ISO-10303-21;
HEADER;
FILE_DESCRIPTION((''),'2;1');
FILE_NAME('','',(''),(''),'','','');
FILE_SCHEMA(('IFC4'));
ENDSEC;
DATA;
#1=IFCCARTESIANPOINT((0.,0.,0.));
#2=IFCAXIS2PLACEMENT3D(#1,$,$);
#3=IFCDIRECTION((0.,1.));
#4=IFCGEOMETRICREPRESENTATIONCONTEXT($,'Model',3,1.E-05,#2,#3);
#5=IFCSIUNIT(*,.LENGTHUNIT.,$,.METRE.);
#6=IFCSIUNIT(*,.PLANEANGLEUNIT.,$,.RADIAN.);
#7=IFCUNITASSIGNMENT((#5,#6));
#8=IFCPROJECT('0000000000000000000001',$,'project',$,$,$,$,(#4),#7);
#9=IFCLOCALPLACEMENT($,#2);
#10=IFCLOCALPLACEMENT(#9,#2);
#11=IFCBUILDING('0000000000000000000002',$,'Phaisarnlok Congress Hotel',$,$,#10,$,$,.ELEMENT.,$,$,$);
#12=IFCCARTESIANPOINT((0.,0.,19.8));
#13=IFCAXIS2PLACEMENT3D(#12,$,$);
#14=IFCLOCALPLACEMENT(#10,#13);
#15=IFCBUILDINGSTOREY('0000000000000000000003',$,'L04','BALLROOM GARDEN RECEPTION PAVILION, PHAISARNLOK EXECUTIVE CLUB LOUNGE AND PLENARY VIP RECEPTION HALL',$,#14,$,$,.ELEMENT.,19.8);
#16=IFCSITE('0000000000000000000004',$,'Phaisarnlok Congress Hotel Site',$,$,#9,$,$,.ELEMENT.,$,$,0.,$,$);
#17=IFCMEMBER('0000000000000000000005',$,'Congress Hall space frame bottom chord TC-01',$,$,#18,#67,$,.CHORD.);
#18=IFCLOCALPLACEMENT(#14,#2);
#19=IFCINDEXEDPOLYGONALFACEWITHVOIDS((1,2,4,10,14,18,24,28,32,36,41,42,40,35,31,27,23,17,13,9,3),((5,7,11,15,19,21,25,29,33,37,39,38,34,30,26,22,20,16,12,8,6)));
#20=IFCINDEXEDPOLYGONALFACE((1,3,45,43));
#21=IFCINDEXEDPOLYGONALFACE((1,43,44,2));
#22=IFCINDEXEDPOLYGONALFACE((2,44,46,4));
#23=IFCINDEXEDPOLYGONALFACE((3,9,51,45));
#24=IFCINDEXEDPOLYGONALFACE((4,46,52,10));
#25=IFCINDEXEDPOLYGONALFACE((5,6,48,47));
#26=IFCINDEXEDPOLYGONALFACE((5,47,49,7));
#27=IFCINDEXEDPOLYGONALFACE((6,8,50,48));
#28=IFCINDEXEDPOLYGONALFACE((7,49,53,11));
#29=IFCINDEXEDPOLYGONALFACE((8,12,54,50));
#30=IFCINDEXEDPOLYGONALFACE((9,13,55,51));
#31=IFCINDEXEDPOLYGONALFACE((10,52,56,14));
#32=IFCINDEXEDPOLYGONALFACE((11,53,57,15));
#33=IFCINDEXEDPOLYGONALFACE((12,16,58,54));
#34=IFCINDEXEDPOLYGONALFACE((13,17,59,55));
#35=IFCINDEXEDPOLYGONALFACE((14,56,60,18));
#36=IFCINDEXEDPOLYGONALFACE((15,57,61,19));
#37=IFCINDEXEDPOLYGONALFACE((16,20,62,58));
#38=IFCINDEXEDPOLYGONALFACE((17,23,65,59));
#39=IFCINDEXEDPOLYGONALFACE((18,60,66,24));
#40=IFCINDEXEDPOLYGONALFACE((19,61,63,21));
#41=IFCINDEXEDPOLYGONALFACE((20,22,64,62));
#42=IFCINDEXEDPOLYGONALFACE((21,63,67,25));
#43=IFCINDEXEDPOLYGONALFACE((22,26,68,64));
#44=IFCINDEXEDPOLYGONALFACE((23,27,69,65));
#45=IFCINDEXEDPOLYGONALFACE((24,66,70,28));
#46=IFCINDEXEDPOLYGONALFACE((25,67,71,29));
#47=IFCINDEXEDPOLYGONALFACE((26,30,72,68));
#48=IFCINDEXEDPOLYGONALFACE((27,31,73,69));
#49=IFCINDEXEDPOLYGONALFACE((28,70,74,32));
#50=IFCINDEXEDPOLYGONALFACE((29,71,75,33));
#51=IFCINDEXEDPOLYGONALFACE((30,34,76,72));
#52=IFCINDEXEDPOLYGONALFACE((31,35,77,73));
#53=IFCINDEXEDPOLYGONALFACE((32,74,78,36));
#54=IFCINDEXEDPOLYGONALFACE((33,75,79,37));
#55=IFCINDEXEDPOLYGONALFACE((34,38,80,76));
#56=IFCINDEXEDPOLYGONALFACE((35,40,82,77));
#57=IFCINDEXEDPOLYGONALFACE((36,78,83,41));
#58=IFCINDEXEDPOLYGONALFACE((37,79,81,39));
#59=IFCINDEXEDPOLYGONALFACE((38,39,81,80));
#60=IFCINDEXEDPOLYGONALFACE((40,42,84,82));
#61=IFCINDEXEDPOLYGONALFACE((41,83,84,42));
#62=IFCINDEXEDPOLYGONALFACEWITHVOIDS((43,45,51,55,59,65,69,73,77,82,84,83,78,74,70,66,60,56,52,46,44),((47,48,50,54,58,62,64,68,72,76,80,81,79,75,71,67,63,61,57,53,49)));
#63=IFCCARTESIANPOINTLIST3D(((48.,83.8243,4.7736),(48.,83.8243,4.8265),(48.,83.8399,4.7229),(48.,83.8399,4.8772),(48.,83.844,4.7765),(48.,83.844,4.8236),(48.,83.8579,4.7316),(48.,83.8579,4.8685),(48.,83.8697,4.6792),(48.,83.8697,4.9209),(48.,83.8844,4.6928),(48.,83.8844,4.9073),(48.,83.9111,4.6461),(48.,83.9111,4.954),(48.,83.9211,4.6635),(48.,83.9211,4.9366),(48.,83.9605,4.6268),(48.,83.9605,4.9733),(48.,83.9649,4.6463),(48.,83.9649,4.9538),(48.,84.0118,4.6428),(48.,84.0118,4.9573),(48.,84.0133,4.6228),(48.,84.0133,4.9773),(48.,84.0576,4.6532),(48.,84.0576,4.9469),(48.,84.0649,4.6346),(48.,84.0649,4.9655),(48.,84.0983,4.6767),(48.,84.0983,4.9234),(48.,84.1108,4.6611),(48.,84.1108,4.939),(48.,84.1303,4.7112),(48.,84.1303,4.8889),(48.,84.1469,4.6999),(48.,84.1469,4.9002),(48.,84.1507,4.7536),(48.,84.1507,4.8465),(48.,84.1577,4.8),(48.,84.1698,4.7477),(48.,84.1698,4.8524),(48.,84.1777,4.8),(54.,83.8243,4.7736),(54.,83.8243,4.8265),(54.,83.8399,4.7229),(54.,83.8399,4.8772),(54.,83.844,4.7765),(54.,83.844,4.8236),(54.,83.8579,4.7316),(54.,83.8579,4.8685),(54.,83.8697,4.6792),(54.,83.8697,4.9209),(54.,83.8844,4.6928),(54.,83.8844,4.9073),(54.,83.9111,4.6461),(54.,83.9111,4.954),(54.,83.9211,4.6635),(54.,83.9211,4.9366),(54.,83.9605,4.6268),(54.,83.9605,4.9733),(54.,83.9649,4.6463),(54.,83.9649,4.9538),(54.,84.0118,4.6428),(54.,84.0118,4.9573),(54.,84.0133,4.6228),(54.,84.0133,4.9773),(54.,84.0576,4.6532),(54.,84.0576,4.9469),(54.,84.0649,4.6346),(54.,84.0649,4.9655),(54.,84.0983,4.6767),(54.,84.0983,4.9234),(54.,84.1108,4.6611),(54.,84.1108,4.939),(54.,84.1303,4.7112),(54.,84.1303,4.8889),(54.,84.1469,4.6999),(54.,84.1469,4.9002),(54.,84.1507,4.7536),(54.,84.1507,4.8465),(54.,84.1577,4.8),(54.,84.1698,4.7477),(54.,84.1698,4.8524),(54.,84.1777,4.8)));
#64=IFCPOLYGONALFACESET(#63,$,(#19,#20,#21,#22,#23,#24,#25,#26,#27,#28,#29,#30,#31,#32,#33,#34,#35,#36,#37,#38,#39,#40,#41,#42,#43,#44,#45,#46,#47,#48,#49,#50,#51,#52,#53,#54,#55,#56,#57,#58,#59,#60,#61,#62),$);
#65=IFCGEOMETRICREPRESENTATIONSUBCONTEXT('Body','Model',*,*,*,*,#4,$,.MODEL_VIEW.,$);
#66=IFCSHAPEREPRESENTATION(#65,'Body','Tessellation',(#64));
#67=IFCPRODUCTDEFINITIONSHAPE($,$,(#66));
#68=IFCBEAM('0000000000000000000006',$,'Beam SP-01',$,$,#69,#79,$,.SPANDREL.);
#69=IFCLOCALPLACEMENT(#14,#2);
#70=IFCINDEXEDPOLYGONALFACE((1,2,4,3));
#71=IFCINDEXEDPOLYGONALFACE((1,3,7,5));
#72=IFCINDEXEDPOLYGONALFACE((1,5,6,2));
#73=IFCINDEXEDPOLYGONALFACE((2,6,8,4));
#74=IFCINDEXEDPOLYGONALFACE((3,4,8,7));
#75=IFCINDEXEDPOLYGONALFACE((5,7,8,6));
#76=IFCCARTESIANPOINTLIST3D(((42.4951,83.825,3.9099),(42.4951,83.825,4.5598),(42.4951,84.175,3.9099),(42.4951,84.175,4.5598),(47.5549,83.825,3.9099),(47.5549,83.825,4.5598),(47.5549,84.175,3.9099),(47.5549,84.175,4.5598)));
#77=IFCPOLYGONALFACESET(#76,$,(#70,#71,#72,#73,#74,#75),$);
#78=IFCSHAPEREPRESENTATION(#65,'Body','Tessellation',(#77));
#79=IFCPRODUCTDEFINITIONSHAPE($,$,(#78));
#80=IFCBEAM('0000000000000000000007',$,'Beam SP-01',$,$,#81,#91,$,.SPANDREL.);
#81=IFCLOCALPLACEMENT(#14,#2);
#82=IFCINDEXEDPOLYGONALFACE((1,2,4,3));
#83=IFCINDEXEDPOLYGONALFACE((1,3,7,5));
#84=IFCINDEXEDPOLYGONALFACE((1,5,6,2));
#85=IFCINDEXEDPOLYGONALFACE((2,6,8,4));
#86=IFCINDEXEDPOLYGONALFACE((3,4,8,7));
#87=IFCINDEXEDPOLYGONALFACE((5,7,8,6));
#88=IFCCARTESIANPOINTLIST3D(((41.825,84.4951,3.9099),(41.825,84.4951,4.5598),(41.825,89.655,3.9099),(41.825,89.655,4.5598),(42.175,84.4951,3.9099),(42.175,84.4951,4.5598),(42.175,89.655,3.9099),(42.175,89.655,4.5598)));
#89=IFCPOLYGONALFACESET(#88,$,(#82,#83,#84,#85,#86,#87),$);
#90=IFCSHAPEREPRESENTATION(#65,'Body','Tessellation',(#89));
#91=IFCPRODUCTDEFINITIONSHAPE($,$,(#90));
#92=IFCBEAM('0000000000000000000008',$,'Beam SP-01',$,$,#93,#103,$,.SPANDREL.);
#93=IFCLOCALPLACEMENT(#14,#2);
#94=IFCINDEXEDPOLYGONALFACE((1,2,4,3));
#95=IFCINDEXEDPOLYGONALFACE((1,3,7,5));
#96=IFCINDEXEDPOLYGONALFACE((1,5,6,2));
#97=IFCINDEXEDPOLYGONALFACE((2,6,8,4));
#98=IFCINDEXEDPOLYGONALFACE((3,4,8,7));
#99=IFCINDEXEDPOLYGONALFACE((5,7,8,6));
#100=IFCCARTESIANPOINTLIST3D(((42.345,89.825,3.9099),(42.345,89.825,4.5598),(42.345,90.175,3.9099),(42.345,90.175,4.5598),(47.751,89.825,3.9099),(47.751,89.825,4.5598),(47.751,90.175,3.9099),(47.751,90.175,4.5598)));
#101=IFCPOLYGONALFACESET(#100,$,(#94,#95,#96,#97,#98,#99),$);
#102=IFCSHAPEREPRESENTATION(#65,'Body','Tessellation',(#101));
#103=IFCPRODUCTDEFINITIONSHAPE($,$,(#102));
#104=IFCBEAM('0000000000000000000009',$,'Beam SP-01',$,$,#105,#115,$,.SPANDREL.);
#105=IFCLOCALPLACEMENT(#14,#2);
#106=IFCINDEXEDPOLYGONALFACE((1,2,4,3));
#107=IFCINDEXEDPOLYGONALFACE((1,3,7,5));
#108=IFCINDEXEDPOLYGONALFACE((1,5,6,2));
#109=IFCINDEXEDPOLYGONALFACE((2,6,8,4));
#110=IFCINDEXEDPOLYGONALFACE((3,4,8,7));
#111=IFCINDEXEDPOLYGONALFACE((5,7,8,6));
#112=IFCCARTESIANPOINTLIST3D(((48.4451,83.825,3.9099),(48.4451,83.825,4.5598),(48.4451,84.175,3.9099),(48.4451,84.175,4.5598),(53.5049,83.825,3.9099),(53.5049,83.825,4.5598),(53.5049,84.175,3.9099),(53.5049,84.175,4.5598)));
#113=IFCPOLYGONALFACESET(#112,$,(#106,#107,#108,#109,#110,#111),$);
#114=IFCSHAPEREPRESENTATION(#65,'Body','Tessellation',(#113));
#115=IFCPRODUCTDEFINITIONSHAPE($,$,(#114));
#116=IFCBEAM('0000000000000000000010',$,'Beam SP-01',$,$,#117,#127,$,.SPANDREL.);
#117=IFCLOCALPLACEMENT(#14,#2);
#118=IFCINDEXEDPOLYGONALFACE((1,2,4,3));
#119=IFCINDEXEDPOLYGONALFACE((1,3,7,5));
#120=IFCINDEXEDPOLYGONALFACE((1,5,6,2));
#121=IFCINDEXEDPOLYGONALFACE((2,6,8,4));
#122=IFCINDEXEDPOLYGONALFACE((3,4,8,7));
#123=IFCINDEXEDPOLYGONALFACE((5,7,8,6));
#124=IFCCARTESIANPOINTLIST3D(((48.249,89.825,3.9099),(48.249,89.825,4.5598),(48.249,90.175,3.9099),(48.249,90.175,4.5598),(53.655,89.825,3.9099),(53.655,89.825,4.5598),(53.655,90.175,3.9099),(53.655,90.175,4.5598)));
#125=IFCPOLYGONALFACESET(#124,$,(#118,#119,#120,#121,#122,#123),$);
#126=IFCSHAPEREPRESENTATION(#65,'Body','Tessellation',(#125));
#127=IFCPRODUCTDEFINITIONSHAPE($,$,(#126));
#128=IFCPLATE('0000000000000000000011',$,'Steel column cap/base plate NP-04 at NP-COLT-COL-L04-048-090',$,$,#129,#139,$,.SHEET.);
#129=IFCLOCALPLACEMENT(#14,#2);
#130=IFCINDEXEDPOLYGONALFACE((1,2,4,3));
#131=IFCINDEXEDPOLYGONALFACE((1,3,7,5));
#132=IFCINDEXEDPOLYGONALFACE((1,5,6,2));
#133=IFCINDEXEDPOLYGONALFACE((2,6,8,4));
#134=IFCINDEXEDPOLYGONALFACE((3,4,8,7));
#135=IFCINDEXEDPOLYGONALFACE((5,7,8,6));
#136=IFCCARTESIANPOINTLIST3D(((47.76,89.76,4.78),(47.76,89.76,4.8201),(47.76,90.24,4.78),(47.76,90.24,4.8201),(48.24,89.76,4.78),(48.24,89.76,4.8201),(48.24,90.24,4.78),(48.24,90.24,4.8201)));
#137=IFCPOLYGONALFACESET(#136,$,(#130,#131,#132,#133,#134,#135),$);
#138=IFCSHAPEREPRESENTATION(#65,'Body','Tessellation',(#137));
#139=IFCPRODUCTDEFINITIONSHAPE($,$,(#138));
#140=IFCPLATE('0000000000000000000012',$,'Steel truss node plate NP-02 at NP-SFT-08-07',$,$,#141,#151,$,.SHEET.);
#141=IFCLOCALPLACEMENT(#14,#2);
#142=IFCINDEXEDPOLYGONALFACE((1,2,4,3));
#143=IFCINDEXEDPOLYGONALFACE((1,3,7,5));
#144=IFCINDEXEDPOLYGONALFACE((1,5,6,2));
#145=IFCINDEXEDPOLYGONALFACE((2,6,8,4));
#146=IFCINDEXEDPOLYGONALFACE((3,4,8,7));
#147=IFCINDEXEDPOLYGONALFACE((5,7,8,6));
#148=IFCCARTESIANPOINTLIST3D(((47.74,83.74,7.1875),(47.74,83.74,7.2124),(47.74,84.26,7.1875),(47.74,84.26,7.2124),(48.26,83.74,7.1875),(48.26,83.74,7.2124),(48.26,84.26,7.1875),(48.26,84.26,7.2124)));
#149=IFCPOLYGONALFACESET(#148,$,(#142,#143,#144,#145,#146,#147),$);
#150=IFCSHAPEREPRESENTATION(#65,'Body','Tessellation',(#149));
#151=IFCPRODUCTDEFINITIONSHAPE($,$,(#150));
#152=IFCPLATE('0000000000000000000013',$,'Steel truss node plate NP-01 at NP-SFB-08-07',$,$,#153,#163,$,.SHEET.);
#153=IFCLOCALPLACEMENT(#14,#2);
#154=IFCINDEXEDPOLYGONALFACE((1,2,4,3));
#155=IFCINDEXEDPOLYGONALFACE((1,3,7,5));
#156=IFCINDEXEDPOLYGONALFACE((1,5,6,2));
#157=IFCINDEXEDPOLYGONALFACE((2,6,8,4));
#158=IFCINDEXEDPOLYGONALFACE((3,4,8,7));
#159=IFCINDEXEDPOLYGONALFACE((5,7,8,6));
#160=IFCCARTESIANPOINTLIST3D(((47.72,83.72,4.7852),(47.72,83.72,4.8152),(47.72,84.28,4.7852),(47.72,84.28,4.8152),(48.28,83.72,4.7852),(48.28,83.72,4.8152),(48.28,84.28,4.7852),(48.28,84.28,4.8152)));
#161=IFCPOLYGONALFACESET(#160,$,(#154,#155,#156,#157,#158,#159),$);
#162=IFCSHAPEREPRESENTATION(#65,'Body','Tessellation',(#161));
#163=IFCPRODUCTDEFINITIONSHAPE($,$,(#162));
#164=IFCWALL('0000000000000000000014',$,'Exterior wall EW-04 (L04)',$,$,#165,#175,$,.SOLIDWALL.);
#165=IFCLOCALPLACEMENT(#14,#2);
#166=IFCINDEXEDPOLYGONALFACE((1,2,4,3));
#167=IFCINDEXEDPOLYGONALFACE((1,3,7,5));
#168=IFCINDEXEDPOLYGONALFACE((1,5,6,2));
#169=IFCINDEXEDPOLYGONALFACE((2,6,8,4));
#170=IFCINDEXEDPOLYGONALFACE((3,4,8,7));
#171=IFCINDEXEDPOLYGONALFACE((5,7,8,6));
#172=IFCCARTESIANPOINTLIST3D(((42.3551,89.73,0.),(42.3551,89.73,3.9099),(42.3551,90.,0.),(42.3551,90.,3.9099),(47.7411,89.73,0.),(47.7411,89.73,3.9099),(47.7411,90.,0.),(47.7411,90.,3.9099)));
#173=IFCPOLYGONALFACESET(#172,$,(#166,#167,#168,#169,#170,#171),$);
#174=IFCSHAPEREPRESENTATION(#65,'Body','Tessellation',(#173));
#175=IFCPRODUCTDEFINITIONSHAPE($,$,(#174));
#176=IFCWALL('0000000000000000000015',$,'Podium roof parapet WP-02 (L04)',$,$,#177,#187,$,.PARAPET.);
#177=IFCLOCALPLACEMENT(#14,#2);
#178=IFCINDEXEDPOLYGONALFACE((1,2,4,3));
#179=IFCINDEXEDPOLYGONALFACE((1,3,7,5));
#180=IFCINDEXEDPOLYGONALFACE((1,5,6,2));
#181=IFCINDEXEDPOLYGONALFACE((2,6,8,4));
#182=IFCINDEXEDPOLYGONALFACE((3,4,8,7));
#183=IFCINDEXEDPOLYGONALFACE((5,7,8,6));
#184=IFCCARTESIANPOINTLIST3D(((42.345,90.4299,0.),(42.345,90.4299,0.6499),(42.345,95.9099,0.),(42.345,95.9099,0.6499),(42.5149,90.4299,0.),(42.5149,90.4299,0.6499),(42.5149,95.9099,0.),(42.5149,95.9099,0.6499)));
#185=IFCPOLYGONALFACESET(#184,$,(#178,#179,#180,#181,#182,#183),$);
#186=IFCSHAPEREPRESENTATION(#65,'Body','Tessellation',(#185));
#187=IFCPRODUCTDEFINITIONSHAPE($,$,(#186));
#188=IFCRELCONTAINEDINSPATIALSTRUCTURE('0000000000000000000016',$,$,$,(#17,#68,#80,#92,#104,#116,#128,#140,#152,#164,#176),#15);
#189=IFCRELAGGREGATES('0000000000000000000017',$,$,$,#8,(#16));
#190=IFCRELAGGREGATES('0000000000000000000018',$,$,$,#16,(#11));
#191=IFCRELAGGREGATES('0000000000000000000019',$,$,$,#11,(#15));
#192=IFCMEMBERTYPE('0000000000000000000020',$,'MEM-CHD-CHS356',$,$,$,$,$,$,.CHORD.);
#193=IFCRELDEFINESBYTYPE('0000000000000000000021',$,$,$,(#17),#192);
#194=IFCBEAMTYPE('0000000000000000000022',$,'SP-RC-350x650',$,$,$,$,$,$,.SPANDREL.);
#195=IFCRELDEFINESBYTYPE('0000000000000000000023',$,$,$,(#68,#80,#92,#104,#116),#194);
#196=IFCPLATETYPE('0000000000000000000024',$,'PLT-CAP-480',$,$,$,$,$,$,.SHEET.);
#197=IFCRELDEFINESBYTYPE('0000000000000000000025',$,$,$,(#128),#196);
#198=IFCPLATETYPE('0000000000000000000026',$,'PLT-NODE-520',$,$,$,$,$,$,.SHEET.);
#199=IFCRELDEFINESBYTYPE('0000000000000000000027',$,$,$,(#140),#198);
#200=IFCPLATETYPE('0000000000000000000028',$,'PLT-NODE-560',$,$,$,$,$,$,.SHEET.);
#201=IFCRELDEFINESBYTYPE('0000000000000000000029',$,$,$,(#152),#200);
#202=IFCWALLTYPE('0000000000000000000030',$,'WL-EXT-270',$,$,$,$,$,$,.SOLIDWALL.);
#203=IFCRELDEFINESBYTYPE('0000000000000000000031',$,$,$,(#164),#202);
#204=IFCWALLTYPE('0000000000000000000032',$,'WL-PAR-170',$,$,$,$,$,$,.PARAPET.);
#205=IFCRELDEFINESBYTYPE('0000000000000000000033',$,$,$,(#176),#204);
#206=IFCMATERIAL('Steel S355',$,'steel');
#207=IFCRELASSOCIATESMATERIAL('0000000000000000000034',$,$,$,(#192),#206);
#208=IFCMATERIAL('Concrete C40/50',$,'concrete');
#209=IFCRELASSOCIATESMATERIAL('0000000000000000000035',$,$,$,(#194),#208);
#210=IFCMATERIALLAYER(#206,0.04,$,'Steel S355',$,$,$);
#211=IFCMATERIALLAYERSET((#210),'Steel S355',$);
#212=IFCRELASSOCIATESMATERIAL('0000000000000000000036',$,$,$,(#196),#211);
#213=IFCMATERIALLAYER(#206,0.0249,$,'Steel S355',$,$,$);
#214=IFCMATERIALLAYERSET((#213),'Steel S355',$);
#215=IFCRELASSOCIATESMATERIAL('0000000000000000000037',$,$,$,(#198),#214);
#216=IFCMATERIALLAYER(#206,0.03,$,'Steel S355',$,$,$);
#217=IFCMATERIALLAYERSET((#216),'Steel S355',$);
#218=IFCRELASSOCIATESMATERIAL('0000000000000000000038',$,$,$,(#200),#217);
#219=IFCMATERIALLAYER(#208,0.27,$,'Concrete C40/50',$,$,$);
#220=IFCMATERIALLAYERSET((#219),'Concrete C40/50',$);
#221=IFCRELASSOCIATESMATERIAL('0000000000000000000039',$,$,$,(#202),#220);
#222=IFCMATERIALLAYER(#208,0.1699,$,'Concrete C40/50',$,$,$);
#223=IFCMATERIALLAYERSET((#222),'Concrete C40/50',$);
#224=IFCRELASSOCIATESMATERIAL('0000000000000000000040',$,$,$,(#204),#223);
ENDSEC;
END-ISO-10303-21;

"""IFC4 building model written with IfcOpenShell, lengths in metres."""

from ifc_helpers import new_model, si_unit, direction, frame, frame_2d, origin, origin_2d, place, context, subcontext, project, spatial, rectangle, hollow_circle, extrude, material, layer, layer_set, material_profile, profile_set, type_object, element, save


model = new_model("IFC4")

# Units and contexts
model_context = context("Model", 3, precision=1e-05, world=origin(), true_north=direction((0.0, 1.0)))
body_context = subcontext(model_context, "Body", "Model", "MODEL_VIEW")
ifc_project = project(units=[si_unit("LENGTHUNIT", "METRE"), si_unit("PLANEANGLEUNIT", "RADIAN")], contexts=[model_context])

# Site, building, storey
site_placement = place(None, origin())
site = spatial("IfcSite", under=ifc_project, at=site_placement, Name="Phaisarnlok Congress Hotel Site", CompositionType="ELEMENT", RefElevation=0.0)
building_placement = place(site_placement, origin())
building = spatial("IfcBuilding", under=site, at=building_placement, Name="Phaisarnlok Congress Hotel", CompositionType="ELEMENT")
storey_placement = place(building_placement, frame((0.0, 0.0, 19.8)))
storey = spatial("IfcBuildingStorey", under=building, at=storey_placement, Name="L04", Description="BALLROOM GARDEN RECEPTION PAVILION, PHAISARNLOK EXECUTIVE CLUB LOUNGE AND PLENARY VIP RECEPTION HALL", CompositionType="ELEMENT", Elevation=19.8)

# Shared definitions
ifc_material_1 = material(Name="Steel S355", Category="steel")

# Shared definitions
ifc_material_2 = material(Name="Concrete C40/50", Category="concrete")

# Member
ifc_material_profile_1 = material_profile(ifc_material_1, hollow_circle(Radius=0.1777, WallThickness=0.02, at=origin_2d()), Name="CHS 355.6x20")
ifc_profile_set_1 = profile_set([ifc_material_profile_1], Name="Steel S355")
member_type_1 = type_object("IfcMemberType", Name="MEM-CHD-CHS356", PredefinedType="CHORD", material=ifc_profile_set_1)
member_1_placement = place(storey_placement, frame((48.0, 84.0, 4.8), z_axis=(1.0, 0.0, 0.0), x_axis=(0.0, 1.0, 0.0)))
element("IfcMember", 1, at=member_1_placement, inside=storey, type_object=member_type_1, Name="Congress Hall space frame bottom chord TC-01", PredefinedType="CHORD", context=body_context, shape_type="SweptSolid", body=[
    extrude(hollow_circle(Radius=0.1777, WallThickness=0.02, at=origin_2d()), origin(), (0.0, 0.0, 1.0), 6.0),
])

# Beams
ifc_material_profile_2 = material_profile(ifc_material_2, rectangle(XDim=0.3501, YDim=0.6499, at=origin_2d()), Name="RC 350x650")
ifc_profile_set_2 = profile_set([ifc_material_profile_2], Name="Concrete C40/50")
beam_type_1 = type_object("IfcBeamType", Name="SP-RC-350x650", PredefinedType="SPANDREL", material=ifc_profile_set_2)
beam_1_placement = place(storey_placement, frame((42.4951, 84.0, 4.2349), z_axis=(1.0, 0.0, 0.0), x_axis=(0.0, 1.0, 0.0)))
element("IfcBeam", 2, at=beam_1_placement, inside=storey, type_object=beam_type_1, Name="Beam SP-01", PredefinedType="SPANDREL", context=body_context, shape_type="SweptSolid", body=[
    extrude(rectangle(XDim=0.3501, YDim=0.6499, at=origin_2d()), origin(), (0.0, 0.0, 1.0), 5.0598),
])
beam_2_placement = place(storey_placement, frame((42.0, 84.4951, 4.2349), z_axis=(0.0, 1.0, 0.0), x_axis=(-1.0, 0.0, 0.0)))
element("IfcBeam", 3, at=beam_2_placement, inside=storey, type_object=beam_type_1, Name="Beam SP-01", PredefinedType="SPANDREL", context=body_context, shape_type="SweptSolid", body=[
    extrude(rectangle(XDim=0.3501, YDim=0.6499, at=origin_2d()), origin(), (0.0, 0.0, 1.0), 5.1599),
])
beam_3_placement = place(storey_placement, frame((42.345, 90.0, 4.2349), z_axis=(1.0, 0.0, 0.0), x_axis=(0.0, 1.0, 0.0)))
element("IfcBeam", 4, at=beam_3_placement, inside=storey, type_object=beam_type_1, Name="Beam SP-01", PredefinedType="SPANDREL", context=body_context, shape_type="SweptSolid", body=[
    extrude(rectangle(XDim=0.3501, YDim=0.6499, at=origin_2d()), origin(), (0.0, 0.0, 1.0), 5.406),
])
beam_4_placement = place(storey_placement, frame((48.4451, 84.0, 4.2349), z_axis=(1.0, 0.0, 0.0), x_axis=(0.0, 1.0, 0.0)))
element("IfcBeam", 5, at=beam_4_placement, inside=storey, type_object=beam_type_1, Name="Beam SP-01", PredefinedType="SPANDREL", context=body_context, shape_type="SweptSolid", body=[
    extrude(rectangle(XDim=0.3501, YDim=0.6499, at=origin_2d()), origin(), (0.0, 0.0, 1.0), 5.0598),
])
beam_5_placement = place(storey_placement, frame((48.249, 90.0, 4.2349), z_axis=(1.0, 0.0, 0.0), x_axis=(0.0, 1.0, 0.0)))
element("IfcBeam", 6, at=beam_5_placement, inside=storey, type_object=beam_type_1, Name="Beam SP-01", PredefinedType="SPANDREL", context=body_context, shape_type="SweptSolid", body=[
    extrude(rectangle(XDim=0.3501, YDim=0.6499, at=origin_2d()), origin(), (0.0, 0.0, 1.0), 5.406),
])

# Plates
ifc_layer_1 = layer(ifc_material_1, 0.04, Name="Steel S355")
ifc_layer_set_1 = layer_set([ifc_layer_1], Name="Steel S355")
plate_type_1 = type_object("IfcPlateType", Name="PLT-CAP-480", PredefinedType="SHEET", material=ifc_layer_set_1)
plate_1_placement = place(storey_placement, frame((48.0, 90.0, 4.78), z_axis=(0.0, 0.0, 1.0), x_axis=(1.0, 0.0, 0.0)))
element("IfcPlate", 7, at=plate_1_placement, inside=storey, type_object=plate_type_1, Name="Steel column cap/base plate NP-04 at NP-COLT-COL-L04-048-090", PredefinedType="SHEET", context=body_context, shape_type="SweptSolid", body=[
    extrude(rectangle(XDim=0.48, YDim=0.48, at=origin_2d()), origin(), (0.0, 0.0, 1.0), 0.04),
])
ifc_layer_2 = layer(ifc_material_1, 0.0249, Name="Steel S355")
ifc_layer_set_2 = layer_set([ifc_layer_2], Name="Steel S355")
plate_type_2 = type_object("IfcPlateType", Name="PLT-NODE-520", PredefinedType="SHEET", material=ifc_layer_set_2)
plate_2_placement = place(storey_placement, frame((48.0, 84.0, 7.1875), z_axis=(0.0, 0.0, 1.0), x_axis=(1.0, 0.0, 0.0)))
element("IfcPlate", 8, at=plate_2_placement, inside=storey, type_object=plate_type_2, Name="Steel truss node plate NP-02 at NP-SFT-08-07", PredefinedType="SHEET", context=body_context, shape_type="SweptSolid", body=[
    extrude(rectangle(XDim=0.52, YDim=0.52, at=origin_2d()), origin(), (0.0, 0.0, 1.0), 0.0249),
])
ifc_layer_3 = layer(ifc_material_1, 0.03, Name="Steel S355")
ifc_layer_set_3 = layer_set([ifc_layer_3], Name="Steel S355")
plate_type_3 = type_object("IfcPlateType", Name="PLT-NODE-560", PredefinedType="SHEET", material=ifc_layer_set_3)
plate_3_placement = place(storey_placement, frame((48.0, 84.0, 4.7852), z_axis=(0.0, 0.0, 1.0), x_axis=(1.0, 0.0, 0.0)))
element("IfcPlate", 9, at=plate_3_placement, inside=storey, type_object=plate_type_3, Name="Steel truss node plate NP-01 at NP-SFB-08-07", PredefinedType="SHEET", context=body_context, shape_type="SweptSolid", body=[
    extrude(rectangle(XDim=0.5601, YDim=0.5601, at=origin_2d()), origin(), (0.0, 0.0, 1.0), 0.03),
])

# Walls
ifc_layer_4 = layer(ifc_material_2, 0.27, Name="Concrete C40/50")
ifc_layer_set_4 = layer_set([ifc_layer_4], Name="Concrete C40/50")
wall_type_1 = type_object("IfcWallType", Name="WL-EXT-270", PredefinedType="SOLIDWALL", material=ifc_layer_set_4)
wall_1_placement = place(storey_placement, frame((47.741, 89.865, 0.0), z_axis=(0.0, 0.0, 1.0), x_axis=(-1.0, 0.0, 0.0)))
element("IfcWall", 10, at=wall_1_placement, inside=storey, type_object=wall_type_1, Name="Exterior wall EW-04 (L04)", PredefinedType="SOLIDWALL", context=body_context, shape_type="SweptSolid", body=[
    extrude(rectangle(XDim=5.386, YDim=0.27, at=frame_2d((2.6929, 0.0))), origin(), (0.0, 0.0, 1.0), 3.9099),
])
ifc_layer_5 = layer(ifc_material_2, 0.1699, Name="Concrete C40/50")
ifc_layer_set_5 = layer_set([ifc_layer_5], Name="Concrete C40/50")
wall_type_2 = type_object("IfcWallType", Name="WL-PAR-170", PredefinedType="PARAPET", material=ifc_layer_set_5)
wall_2_placement = place(storey_placement, frame((42.4299, 95.9099, 0.0), z_axis=(0.0, 0.0, 1.0), x_axis=(0.0, -1.0, 0.0)))
element("IfcWall", 11, at=wall_2_placement, inside=storey, type_object=wall_type_2, Name="Podium roof parapet WP-02 (L04)", PredefinedType="PARAPET", context=body_context, shape_type="SweptSolid", body=[
    extrude(rectangle(XDim=5.48, YDim=0.1699, at=frame_2d((2.74, 0.0))), origin(), (0.0, 0.0, 1.0), 0.6499),
])

save(model, "model.ifc")
